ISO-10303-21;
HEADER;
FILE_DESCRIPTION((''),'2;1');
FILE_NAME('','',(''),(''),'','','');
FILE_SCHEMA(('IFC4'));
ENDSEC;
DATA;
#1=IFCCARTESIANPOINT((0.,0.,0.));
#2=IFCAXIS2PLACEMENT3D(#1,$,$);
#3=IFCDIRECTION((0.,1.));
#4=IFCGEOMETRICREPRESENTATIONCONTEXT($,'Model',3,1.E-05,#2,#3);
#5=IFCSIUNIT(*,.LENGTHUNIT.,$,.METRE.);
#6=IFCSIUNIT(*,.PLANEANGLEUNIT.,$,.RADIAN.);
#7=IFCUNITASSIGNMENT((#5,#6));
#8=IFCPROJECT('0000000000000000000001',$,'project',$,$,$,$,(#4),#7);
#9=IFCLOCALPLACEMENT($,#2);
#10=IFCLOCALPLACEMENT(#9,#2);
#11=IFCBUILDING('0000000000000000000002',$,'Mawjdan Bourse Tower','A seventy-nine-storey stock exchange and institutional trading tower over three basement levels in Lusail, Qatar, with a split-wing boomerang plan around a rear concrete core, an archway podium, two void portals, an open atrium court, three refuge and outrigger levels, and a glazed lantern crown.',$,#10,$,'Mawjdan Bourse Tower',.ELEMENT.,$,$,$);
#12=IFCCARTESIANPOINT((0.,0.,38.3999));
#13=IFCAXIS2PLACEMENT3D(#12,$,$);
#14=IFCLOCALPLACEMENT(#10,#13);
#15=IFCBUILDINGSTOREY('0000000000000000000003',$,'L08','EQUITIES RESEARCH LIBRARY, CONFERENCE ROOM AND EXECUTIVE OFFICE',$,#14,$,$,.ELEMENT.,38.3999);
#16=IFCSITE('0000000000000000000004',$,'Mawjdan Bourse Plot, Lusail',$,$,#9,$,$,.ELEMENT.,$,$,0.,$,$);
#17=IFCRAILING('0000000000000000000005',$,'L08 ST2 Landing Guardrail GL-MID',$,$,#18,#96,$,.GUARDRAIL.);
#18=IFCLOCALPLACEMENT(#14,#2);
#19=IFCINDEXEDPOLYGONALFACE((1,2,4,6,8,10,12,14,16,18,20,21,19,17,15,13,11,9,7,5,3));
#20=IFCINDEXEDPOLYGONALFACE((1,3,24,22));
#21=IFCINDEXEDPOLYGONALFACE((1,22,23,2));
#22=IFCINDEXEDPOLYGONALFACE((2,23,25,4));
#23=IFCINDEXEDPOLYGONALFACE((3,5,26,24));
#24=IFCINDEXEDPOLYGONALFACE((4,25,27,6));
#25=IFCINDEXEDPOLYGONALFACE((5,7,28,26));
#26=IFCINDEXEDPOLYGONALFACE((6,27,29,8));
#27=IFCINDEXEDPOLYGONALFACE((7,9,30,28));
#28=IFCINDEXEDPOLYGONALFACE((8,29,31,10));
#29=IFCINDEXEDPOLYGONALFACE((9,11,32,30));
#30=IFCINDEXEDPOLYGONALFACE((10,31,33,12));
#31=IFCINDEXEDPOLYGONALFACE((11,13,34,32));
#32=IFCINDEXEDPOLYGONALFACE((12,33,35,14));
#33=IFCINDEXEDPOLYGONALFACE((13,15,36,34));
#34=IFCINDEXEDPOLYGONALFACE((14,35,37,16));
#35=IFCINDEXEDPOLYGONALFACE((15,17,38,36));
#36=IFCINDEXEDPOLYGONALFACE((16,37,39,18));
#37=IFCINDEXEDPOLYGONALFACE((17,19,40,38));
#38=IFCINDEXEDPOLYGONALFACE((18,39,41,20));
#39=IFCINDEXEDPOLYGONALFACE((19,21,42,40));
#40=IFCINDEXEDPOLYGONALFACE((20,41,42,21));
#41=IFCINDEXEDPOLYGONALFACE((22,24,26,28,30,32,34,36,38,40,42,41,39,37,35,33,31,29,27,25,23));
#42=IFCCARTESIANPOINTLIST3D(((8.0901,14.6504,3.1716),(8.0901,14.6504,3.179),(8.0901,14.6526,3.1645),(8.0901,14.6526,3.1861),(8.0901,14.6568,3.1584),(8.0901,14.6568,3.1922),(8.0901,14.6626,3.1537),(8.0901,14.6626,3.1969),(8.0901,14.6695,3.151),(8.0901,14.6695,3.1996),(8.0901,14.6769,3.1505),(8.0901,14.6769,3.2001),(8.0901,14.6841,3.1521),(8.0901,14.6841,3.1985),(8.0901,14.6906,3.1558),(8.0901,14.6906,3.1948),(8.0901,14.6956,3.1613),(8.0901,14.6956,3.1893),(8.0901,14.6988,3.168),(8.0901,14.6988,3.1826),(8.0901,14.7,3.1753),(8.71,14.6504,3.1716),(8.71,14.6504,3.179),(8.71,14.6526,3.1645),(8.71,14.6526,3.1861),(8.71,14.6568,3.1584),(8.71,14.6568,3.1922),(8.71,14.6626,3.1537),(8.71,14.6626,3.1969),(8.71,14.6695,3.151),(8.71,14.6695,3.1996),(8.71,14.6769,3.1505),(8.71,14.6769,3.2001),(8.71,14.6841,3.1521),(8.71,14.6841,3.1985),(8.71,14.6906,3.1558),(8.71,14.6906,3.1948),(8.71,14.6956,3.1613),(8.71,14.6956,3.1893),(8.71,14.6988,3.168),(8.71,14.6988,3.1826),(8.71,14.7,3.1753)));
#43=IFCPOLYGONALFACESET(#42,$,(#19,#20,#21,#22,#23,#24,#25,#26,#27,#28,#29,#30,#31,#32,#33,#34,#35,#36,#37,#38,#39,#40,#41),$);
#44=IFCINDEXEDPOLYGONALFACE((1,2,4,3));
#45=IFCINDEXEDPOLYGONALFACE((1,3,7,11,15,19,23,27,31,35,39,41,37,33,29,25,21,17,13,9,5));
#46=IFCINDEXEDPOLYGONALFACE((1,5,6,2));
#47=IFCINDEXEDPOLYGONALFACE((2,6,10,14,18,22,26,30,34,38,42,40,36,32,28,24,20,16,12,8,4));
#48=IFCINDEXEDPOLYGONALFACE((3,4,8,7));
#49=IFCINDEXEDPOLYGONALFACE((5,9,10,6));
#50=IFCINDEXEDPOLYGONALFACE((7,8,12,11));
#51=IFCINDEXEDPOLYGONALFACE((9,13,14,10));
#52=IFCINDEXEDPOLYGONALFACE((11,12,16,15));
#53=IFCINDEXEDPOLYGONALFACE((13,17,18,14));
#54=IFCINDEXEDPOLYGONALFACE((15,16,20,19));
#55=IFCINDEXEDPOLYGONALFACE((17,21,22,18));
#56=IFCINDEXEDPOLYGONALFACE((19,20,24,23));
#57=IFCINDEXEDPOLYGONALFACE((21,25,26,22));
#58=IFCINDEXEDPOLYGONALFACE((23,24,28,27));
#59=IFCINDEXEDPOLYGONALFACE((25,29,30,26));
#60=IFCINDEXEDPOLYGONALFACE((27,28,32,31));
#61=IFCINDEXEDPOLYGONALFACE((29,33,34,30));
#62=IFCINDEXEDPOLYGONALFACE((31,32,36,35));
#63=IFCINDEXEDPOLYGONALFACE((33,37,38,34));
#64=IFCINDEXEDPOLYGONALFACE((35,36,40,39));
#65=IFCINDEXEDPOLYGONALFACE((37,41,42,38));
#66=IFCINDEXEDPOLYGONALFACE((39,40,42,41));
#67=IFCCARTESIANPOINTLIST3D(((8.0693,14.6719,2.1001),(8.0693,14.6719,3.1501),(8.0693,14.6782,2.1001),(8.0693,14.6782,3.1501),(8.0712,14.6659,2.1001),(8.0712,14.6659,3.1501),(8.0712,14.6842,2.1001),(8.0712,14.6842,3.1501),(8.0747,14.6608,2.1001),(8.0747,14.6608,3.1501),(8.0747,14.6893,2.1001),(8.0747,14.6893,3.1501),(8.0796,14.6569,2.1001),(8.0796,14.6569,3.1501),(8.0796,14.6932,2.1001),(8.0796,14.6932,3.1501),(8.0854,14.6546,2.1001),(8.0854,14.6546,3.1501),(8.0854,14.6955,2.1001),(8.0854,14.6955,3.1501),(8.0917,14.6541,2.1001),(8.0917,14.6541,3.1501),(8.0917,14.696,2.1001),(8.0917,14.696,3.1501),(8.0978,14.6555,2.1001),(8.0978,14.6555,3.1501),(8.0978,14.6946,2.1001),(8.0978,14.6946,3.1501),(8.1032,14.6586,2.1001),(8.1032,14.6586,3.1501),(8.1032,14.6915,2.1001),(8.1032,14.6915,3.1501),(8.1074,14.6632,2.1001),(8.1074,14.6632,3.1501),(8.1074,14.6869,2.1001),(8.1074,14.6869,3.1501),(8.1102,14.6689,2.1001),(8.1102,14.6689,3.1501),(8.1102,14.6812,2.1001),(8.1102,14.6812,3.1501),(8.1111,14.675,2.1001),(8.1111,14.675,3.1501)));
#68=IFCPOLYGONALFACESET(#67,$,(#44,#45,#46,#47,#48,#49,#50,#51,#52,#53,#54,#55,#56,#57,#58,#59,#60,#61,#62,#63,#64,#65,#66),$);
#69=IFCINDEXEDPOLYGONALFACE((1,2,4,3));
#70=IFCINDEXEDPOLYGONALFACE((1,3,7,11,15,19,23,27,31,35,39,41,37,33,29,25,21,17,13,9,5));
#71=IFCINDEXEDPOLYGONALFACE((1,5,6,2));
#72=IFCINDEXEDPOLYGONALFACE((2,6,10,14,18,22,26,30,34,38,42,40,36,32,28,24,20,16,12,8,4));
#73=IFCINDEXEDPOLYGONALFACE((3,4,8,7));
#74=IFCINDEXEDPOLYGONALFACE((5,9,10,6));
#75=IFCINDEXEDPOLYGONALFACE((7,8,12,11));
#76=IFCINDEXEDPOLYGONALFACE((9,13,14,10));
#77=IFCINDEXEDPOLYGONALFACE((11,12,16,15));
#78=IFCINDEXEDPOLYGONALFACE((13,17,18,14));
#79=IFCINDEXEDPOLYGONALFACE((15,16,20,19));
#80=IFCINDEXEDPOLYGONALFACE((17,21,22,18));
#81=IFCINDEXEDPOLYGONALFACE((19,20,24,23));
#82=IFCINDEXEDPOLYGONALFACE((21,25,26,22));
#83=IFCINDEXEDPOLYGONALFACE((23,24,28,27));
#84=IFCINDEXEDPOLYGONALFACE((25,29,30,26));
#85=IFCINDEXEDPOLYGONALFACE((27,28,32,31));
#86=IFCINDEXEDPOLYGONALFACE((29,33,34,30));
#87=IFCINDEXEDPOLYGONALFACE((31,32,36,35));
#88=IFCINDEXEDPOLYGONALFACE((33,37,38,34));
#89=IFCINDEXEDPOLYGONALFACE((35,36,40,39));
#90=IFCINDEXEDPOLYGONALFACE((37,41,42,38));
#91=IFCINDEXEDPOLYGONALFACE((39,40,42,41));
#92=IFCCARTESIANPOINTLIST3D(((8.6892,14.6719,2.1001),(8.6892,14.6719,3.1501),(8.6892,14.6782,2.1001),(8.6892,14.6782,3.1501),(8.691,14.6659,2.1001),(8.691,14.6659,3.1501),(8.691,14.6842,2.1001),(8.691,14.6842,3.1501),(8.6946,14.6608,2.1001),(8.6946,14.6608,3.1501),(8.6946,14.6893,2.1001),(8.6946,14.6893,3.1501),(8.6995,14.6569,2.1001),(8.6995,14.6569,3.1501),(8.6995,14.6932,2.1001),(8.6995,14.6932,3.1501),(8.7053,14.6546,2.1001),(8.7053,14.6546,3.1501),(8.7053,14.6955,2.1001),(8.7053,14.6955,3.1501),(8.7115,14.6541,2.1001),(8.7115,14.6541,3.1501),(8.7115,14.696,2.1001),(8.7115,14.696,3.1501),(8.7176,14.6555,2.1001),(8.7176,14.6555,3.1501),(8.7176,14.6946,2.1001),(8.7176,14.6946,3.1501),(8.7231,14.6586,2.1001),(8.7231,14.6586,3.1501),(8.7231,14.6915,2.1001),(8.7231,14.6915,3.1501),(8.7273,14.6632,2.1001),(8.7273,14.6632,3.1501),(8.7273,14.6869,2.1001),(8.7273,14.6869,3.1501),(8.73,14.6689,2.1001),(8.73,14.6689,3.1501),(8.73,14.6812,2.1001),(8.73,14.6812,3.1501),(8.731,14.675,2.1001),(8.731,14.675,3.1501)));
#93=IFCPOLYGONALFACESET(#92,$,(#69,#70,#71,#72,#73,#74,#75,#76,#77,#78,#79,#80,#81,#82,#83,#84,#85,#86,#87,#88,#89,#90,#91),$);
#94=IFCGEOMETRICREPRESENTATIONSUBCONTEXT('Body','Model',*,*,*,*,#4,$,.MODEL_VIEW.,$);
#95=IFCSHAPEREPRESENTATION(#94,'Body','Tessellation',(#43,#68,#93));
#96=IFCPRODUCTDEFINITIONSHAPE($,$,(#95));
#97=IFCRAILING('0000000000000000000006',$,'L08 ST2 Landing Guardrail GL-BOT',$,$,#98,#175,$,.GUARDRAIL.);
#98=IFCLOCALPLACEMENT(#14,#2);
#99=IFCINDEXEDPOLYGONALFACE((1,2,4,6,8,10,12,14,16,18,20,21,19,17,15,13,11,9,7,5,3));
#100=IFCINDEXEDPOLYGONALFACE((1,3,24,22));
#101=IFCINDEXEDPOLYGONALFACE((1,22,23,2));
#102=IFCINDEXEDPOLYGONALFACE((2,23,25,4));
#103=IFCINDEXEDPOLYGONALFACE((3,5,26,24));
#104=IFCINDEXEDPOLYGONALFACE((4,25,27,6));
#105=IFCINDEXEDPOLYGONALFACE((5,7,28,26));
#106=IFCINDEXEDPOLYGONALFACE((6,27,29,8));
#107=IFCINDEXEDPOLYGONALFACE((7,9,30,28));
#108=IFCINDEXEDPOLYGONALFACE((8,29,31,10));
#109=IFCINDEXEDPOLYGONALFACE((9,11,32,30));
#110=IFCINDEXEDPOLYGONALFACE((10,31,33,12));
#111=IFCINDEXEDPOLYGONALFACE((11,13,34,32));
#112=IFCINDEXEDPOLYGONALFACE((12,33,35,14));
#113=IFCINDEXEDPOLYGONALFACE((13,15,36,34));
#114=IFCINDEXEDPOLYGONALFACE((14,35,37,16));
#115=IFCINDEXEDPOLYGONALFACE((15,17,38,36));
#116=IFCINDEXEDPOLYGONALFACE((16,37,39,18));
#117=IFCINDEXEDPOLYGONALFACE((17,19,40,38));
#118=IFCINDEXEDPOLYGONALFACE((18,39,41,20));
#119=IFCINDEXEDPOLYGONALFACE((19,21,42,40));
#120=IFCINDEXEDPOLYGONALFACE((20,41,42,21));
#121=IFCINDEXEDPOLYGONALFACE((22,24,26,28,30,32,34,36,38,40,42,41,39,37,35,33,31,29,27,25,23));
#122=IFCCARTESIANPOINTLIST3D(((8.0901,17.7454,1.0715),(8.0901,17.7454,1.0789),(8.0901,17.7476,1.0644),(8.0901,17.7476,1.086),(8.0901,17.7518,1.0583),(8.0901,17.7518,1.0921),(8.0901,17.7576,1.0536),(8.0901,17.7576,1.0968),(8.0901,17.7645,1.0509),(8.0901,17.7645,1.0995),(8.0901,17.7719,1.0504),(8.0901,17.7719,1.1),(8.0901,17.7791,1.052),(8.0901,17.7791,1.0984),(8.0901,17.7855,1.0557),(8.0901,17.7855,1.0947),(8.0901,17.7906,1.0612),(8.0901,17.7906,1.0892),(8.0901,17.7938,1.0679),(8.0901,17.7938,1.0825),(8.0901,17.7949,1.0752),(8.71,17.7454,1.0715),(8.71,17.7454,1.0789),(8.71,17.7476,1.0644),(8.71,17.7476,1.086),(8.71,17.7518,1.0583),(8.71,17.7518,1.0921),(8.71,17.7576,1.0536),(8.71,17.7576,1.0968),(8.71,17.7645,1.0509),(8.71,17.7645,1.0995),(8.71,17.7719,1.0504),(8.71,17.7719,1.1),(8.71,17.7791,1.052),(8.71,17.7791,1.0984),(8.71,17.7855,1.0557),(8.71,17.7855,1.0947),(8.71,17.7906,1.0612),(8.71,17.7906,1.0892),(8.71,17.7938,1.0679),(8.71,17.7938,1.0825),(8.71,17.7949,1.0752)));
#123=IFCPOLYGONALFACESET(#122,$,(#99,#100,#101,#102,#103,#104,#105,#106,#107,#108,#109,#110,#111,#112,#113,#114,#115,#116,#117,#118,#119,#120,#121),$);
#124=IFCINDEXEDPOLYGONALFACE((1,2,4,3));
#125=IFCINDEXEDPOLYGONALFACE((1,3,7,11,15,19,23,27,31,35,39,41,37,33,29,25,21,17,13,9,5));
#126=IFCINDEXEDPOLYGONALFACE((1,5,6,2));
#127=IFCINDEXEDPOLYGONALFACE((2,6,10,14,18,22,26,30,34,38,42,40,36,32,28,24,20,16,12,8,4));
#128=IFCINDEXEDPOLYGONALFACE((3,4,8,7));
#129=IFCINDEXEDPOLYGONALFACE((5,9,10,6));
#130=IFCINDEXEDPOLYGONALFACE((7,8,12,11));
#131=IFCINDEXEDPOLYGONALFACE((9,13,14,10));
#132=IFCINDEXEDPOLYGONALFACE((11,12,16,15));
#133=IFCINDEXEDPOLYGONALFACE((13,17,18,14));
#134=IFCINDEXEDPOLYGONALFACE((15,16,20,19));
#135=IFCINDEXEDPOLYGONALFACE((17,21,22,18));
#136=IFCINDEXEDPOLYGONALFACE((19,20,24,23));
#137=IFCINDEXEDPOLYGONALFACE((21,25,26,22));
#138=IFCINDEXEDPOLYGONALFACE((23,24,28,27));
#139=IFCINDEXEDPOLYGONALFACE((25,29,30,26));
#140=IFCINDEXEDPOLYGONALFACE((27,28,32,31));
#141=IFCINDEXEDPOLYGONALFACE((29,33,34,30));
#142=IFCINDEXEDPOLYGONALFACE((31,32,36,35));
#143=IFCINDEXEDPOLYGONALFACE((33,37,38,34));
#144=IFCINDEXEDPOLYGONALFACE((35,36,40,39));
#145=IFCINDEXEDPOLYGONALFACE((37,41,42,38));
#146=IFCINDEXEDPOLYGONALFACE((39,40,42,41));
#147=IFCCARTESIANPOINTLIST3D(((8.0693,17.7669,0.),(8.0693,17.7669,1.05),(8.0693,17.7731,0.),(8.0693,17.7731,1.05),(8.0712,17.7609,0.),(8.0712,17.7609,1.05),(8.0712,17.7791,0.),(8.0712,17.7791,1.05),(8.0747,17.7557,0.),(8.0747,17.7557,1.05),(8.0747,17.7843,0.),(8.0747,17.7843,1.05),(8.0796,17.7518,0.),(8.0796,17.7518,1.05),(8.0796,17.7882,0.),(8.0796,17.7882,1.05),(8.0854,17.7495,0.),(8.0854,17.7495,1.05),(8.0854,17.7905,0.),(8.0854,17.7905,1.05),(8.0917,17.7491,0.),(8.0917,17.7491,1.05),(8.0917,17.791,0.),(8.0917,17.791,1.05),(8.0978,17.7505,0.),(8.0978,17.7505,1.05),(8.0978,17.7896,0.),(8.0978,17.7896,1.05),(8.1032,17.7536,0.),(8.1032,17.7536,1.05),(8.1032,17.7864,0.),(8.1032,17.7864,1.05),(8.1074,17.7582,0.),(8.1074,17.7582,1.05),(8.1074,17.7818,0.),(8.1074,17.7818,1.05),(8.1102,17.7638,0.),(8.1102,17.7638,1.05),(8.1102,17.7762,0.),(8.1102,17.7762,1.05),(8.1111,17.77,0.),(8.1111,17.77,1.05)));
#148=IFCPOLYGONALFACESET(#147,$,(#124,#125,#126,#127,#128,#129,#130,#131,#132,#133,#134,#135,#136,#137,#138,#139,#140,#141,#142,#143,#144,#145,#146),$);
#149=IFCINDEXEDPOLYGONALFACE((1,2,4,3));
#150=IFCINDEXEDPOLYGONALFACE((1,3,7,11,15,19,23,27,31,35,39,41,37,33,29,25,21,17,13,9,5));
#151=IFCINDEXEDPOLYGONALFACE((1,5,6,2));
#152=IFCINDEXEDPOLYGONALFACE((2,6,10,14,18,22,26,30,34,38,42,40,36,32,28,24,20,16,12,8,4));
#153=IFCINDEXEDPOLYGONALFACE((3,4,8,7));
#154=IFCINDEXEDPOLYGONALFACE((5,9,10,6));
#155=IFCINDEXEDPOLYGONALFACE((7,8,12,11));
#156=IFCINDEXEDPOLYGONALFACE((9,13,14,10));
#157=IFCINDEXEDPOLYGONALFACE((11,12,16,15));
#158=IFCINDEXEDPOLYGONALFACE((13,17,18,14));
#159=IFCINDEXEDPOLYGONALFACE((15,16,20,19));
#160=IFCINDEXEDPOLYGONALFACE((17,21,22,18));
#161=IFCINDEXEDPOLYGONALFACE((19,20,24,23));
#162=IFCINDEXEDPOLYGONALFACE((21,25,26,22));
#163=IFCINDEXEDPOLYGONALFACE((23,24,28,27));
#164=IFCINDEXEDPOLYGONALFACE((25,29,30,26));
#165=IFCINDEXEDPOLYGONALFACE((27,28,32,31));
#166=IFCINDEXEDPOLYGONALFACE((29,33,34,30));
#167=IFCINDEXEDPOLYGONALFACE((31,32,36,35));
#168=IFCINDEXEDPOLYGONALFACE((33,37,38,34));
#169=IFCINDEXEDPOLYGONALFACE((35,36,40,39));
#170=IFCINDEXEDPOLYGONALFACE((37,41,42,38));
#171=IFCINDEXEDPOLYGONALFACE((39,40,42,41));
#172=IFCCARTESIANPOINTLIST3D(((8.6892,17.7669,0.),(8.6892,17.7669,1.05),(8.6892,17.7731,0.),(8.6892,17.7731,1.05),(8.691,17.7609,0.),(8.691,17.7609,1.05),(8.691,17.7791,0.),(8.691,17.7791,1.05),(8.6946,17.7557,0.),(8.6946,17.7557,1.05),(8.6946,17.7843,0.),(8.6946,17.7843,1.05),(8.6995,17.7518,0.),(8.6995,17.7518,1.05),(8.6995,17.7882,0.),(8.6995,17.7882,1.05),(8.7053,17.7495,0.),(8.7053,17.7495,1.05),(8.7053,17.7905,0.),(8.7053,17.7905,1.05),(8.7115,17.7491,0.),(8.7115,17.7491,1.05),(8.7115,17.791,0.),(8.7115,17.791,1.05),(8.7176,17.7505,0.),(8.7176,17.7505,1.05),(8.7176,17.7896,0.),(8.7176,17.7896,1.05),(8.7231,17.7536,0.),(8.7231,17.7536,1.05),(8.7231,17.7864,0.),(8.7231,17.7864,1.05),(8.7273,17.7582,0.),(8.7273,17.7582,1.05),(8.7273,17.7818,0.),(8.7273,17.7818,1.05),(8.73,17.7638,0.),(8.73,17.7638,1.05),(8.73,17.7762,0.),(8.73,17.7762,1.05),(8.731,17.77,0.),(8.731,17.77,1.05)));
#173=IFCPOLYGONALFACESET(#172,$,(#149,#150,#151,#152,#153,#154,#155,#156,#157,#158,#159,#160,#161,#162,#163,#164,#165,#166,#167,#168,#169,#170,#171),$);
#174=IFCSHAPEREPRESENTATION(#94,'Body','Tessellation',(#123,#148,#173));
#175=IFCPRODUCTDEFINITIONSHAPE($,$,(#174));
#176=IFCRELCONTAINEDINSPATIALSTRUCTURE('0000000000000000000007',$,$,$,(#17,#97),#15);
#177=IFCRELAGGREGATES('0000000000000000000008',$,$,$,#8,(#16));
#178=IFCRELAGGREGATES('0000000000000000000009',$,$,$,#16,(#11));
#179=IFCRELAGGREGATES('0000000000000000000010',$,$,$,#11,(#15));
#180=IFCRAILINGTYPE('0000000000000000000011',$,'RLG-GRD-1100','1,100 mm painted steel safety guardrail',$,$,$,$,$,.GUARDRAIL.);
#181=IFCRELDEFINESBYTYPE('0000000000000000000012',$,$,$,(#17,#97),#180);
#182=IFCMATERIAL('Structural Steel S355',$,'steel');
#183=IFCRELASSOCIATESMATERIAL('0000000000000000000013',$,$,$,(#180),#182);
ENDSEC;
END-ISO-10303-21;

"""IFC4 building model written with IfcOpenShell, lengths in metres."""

from ifc_helpers import new_model, si_unit, direction, frame, origin, origin_2d, place, context, subcontext, project, spatial, circle, extrude, material, type_object, element, save


model = new_model("IFC4")

# Units and contexts
model_context = context("Model", 3, precision=1e-05, world=origin(), true_north=direction((0.0, 1.0)))
body_context = subcontext(model_context, "Body", "Model", "MODEL_VIEW")
ifc_project = project(units=[si_unit("LENGTHUNIT", "METRE"), si_unit("PLANEANGLEUNIT", "RADIAN")], contexts=[model_context])

# Site, building, storey
site_placement = place(None, origin())
site = spatial("IfcSite", under=ifc_project, at=site_placement, Name="Mawjdan Bourse Plot, Lusail", CompositionType="ELEMENT", RefElevation=0.0)
building_placement = place(site_placement, origin())
building = spatial("IfcBuilding", under=site, at=building_placement, Name="Mawjdan Bourse Tower", Description="A seventy-nine-storey stock exchange and institutional trading tower over three basement levels in Lusail, Qatar, with a split-wing boomerang plan around a rear concrete core, an archway podium, two void portals, an open atrium court, three refuge and outrigger levels, and a glazed lantern crown.", LongName="Mawjdan Bourse Tower", CompositionType="ELEMENT")
storey_placement = place(building_placement, frame((0.0, 0.0, 38.3999)))
storey = spatial("IfcBuildingStorey", under=building, at=storey_placement, Name="L08", Description="EQUITIES RESEARCH LIBRARY, CONFERENCE ROOM AND EXECUTIVE OFFICE", CompositionType="ELEMENT", Elevation=38.3999)

# Shared definitions
ifc_material_1 = material(Name="Structural Steel S355", Category="steel")

# Railings
railing_type_1 = type_object("IfcRailingType", Name="RLG-GRD-1100", Description="1,100 mm painted steel safety guardrail", PredefinedType="GUARDRAIL", material=ifc_material_1)
for number, where, name in (
    (1, (8.0901, 14.675, 2.1001), "L08 ST2 Landing Guardrail GL-MID"),
    (2, (8.0901, 17.77, 0.0), "L08 ST2 Landing Guardrail GL-BOT"),
):
    element("IfcRailing", number, at=place(storey_placement, frame(where)), inside=storey, type_object=railing_type_1, Name=name, PredefinedType="GUARDRAIL", context=body_context, shape_type="SweptSolid", body=[
        extrude(circle(Radius=0.0249, at=origin_2d()), frame((0.0, 0.0, 1.0752), z_axis=(1.0, 0.0, 0.0), x_axis=(0.0, 1.0, 0.0)), (0.0, 0.0, 1.0), 0.6199),
        extrude(circle(Radius=0.021, at=origin_2d()), origin(), (0.0, 0.0, 1.0), 1.05),
        extrude(circle(Radius=0.021, at=origin_2d()), frame((0.6199, 0.0, 0.0)), (0.0, 0.0, 1.0), 1.05),
    ])

save(model, "model.ifc")
